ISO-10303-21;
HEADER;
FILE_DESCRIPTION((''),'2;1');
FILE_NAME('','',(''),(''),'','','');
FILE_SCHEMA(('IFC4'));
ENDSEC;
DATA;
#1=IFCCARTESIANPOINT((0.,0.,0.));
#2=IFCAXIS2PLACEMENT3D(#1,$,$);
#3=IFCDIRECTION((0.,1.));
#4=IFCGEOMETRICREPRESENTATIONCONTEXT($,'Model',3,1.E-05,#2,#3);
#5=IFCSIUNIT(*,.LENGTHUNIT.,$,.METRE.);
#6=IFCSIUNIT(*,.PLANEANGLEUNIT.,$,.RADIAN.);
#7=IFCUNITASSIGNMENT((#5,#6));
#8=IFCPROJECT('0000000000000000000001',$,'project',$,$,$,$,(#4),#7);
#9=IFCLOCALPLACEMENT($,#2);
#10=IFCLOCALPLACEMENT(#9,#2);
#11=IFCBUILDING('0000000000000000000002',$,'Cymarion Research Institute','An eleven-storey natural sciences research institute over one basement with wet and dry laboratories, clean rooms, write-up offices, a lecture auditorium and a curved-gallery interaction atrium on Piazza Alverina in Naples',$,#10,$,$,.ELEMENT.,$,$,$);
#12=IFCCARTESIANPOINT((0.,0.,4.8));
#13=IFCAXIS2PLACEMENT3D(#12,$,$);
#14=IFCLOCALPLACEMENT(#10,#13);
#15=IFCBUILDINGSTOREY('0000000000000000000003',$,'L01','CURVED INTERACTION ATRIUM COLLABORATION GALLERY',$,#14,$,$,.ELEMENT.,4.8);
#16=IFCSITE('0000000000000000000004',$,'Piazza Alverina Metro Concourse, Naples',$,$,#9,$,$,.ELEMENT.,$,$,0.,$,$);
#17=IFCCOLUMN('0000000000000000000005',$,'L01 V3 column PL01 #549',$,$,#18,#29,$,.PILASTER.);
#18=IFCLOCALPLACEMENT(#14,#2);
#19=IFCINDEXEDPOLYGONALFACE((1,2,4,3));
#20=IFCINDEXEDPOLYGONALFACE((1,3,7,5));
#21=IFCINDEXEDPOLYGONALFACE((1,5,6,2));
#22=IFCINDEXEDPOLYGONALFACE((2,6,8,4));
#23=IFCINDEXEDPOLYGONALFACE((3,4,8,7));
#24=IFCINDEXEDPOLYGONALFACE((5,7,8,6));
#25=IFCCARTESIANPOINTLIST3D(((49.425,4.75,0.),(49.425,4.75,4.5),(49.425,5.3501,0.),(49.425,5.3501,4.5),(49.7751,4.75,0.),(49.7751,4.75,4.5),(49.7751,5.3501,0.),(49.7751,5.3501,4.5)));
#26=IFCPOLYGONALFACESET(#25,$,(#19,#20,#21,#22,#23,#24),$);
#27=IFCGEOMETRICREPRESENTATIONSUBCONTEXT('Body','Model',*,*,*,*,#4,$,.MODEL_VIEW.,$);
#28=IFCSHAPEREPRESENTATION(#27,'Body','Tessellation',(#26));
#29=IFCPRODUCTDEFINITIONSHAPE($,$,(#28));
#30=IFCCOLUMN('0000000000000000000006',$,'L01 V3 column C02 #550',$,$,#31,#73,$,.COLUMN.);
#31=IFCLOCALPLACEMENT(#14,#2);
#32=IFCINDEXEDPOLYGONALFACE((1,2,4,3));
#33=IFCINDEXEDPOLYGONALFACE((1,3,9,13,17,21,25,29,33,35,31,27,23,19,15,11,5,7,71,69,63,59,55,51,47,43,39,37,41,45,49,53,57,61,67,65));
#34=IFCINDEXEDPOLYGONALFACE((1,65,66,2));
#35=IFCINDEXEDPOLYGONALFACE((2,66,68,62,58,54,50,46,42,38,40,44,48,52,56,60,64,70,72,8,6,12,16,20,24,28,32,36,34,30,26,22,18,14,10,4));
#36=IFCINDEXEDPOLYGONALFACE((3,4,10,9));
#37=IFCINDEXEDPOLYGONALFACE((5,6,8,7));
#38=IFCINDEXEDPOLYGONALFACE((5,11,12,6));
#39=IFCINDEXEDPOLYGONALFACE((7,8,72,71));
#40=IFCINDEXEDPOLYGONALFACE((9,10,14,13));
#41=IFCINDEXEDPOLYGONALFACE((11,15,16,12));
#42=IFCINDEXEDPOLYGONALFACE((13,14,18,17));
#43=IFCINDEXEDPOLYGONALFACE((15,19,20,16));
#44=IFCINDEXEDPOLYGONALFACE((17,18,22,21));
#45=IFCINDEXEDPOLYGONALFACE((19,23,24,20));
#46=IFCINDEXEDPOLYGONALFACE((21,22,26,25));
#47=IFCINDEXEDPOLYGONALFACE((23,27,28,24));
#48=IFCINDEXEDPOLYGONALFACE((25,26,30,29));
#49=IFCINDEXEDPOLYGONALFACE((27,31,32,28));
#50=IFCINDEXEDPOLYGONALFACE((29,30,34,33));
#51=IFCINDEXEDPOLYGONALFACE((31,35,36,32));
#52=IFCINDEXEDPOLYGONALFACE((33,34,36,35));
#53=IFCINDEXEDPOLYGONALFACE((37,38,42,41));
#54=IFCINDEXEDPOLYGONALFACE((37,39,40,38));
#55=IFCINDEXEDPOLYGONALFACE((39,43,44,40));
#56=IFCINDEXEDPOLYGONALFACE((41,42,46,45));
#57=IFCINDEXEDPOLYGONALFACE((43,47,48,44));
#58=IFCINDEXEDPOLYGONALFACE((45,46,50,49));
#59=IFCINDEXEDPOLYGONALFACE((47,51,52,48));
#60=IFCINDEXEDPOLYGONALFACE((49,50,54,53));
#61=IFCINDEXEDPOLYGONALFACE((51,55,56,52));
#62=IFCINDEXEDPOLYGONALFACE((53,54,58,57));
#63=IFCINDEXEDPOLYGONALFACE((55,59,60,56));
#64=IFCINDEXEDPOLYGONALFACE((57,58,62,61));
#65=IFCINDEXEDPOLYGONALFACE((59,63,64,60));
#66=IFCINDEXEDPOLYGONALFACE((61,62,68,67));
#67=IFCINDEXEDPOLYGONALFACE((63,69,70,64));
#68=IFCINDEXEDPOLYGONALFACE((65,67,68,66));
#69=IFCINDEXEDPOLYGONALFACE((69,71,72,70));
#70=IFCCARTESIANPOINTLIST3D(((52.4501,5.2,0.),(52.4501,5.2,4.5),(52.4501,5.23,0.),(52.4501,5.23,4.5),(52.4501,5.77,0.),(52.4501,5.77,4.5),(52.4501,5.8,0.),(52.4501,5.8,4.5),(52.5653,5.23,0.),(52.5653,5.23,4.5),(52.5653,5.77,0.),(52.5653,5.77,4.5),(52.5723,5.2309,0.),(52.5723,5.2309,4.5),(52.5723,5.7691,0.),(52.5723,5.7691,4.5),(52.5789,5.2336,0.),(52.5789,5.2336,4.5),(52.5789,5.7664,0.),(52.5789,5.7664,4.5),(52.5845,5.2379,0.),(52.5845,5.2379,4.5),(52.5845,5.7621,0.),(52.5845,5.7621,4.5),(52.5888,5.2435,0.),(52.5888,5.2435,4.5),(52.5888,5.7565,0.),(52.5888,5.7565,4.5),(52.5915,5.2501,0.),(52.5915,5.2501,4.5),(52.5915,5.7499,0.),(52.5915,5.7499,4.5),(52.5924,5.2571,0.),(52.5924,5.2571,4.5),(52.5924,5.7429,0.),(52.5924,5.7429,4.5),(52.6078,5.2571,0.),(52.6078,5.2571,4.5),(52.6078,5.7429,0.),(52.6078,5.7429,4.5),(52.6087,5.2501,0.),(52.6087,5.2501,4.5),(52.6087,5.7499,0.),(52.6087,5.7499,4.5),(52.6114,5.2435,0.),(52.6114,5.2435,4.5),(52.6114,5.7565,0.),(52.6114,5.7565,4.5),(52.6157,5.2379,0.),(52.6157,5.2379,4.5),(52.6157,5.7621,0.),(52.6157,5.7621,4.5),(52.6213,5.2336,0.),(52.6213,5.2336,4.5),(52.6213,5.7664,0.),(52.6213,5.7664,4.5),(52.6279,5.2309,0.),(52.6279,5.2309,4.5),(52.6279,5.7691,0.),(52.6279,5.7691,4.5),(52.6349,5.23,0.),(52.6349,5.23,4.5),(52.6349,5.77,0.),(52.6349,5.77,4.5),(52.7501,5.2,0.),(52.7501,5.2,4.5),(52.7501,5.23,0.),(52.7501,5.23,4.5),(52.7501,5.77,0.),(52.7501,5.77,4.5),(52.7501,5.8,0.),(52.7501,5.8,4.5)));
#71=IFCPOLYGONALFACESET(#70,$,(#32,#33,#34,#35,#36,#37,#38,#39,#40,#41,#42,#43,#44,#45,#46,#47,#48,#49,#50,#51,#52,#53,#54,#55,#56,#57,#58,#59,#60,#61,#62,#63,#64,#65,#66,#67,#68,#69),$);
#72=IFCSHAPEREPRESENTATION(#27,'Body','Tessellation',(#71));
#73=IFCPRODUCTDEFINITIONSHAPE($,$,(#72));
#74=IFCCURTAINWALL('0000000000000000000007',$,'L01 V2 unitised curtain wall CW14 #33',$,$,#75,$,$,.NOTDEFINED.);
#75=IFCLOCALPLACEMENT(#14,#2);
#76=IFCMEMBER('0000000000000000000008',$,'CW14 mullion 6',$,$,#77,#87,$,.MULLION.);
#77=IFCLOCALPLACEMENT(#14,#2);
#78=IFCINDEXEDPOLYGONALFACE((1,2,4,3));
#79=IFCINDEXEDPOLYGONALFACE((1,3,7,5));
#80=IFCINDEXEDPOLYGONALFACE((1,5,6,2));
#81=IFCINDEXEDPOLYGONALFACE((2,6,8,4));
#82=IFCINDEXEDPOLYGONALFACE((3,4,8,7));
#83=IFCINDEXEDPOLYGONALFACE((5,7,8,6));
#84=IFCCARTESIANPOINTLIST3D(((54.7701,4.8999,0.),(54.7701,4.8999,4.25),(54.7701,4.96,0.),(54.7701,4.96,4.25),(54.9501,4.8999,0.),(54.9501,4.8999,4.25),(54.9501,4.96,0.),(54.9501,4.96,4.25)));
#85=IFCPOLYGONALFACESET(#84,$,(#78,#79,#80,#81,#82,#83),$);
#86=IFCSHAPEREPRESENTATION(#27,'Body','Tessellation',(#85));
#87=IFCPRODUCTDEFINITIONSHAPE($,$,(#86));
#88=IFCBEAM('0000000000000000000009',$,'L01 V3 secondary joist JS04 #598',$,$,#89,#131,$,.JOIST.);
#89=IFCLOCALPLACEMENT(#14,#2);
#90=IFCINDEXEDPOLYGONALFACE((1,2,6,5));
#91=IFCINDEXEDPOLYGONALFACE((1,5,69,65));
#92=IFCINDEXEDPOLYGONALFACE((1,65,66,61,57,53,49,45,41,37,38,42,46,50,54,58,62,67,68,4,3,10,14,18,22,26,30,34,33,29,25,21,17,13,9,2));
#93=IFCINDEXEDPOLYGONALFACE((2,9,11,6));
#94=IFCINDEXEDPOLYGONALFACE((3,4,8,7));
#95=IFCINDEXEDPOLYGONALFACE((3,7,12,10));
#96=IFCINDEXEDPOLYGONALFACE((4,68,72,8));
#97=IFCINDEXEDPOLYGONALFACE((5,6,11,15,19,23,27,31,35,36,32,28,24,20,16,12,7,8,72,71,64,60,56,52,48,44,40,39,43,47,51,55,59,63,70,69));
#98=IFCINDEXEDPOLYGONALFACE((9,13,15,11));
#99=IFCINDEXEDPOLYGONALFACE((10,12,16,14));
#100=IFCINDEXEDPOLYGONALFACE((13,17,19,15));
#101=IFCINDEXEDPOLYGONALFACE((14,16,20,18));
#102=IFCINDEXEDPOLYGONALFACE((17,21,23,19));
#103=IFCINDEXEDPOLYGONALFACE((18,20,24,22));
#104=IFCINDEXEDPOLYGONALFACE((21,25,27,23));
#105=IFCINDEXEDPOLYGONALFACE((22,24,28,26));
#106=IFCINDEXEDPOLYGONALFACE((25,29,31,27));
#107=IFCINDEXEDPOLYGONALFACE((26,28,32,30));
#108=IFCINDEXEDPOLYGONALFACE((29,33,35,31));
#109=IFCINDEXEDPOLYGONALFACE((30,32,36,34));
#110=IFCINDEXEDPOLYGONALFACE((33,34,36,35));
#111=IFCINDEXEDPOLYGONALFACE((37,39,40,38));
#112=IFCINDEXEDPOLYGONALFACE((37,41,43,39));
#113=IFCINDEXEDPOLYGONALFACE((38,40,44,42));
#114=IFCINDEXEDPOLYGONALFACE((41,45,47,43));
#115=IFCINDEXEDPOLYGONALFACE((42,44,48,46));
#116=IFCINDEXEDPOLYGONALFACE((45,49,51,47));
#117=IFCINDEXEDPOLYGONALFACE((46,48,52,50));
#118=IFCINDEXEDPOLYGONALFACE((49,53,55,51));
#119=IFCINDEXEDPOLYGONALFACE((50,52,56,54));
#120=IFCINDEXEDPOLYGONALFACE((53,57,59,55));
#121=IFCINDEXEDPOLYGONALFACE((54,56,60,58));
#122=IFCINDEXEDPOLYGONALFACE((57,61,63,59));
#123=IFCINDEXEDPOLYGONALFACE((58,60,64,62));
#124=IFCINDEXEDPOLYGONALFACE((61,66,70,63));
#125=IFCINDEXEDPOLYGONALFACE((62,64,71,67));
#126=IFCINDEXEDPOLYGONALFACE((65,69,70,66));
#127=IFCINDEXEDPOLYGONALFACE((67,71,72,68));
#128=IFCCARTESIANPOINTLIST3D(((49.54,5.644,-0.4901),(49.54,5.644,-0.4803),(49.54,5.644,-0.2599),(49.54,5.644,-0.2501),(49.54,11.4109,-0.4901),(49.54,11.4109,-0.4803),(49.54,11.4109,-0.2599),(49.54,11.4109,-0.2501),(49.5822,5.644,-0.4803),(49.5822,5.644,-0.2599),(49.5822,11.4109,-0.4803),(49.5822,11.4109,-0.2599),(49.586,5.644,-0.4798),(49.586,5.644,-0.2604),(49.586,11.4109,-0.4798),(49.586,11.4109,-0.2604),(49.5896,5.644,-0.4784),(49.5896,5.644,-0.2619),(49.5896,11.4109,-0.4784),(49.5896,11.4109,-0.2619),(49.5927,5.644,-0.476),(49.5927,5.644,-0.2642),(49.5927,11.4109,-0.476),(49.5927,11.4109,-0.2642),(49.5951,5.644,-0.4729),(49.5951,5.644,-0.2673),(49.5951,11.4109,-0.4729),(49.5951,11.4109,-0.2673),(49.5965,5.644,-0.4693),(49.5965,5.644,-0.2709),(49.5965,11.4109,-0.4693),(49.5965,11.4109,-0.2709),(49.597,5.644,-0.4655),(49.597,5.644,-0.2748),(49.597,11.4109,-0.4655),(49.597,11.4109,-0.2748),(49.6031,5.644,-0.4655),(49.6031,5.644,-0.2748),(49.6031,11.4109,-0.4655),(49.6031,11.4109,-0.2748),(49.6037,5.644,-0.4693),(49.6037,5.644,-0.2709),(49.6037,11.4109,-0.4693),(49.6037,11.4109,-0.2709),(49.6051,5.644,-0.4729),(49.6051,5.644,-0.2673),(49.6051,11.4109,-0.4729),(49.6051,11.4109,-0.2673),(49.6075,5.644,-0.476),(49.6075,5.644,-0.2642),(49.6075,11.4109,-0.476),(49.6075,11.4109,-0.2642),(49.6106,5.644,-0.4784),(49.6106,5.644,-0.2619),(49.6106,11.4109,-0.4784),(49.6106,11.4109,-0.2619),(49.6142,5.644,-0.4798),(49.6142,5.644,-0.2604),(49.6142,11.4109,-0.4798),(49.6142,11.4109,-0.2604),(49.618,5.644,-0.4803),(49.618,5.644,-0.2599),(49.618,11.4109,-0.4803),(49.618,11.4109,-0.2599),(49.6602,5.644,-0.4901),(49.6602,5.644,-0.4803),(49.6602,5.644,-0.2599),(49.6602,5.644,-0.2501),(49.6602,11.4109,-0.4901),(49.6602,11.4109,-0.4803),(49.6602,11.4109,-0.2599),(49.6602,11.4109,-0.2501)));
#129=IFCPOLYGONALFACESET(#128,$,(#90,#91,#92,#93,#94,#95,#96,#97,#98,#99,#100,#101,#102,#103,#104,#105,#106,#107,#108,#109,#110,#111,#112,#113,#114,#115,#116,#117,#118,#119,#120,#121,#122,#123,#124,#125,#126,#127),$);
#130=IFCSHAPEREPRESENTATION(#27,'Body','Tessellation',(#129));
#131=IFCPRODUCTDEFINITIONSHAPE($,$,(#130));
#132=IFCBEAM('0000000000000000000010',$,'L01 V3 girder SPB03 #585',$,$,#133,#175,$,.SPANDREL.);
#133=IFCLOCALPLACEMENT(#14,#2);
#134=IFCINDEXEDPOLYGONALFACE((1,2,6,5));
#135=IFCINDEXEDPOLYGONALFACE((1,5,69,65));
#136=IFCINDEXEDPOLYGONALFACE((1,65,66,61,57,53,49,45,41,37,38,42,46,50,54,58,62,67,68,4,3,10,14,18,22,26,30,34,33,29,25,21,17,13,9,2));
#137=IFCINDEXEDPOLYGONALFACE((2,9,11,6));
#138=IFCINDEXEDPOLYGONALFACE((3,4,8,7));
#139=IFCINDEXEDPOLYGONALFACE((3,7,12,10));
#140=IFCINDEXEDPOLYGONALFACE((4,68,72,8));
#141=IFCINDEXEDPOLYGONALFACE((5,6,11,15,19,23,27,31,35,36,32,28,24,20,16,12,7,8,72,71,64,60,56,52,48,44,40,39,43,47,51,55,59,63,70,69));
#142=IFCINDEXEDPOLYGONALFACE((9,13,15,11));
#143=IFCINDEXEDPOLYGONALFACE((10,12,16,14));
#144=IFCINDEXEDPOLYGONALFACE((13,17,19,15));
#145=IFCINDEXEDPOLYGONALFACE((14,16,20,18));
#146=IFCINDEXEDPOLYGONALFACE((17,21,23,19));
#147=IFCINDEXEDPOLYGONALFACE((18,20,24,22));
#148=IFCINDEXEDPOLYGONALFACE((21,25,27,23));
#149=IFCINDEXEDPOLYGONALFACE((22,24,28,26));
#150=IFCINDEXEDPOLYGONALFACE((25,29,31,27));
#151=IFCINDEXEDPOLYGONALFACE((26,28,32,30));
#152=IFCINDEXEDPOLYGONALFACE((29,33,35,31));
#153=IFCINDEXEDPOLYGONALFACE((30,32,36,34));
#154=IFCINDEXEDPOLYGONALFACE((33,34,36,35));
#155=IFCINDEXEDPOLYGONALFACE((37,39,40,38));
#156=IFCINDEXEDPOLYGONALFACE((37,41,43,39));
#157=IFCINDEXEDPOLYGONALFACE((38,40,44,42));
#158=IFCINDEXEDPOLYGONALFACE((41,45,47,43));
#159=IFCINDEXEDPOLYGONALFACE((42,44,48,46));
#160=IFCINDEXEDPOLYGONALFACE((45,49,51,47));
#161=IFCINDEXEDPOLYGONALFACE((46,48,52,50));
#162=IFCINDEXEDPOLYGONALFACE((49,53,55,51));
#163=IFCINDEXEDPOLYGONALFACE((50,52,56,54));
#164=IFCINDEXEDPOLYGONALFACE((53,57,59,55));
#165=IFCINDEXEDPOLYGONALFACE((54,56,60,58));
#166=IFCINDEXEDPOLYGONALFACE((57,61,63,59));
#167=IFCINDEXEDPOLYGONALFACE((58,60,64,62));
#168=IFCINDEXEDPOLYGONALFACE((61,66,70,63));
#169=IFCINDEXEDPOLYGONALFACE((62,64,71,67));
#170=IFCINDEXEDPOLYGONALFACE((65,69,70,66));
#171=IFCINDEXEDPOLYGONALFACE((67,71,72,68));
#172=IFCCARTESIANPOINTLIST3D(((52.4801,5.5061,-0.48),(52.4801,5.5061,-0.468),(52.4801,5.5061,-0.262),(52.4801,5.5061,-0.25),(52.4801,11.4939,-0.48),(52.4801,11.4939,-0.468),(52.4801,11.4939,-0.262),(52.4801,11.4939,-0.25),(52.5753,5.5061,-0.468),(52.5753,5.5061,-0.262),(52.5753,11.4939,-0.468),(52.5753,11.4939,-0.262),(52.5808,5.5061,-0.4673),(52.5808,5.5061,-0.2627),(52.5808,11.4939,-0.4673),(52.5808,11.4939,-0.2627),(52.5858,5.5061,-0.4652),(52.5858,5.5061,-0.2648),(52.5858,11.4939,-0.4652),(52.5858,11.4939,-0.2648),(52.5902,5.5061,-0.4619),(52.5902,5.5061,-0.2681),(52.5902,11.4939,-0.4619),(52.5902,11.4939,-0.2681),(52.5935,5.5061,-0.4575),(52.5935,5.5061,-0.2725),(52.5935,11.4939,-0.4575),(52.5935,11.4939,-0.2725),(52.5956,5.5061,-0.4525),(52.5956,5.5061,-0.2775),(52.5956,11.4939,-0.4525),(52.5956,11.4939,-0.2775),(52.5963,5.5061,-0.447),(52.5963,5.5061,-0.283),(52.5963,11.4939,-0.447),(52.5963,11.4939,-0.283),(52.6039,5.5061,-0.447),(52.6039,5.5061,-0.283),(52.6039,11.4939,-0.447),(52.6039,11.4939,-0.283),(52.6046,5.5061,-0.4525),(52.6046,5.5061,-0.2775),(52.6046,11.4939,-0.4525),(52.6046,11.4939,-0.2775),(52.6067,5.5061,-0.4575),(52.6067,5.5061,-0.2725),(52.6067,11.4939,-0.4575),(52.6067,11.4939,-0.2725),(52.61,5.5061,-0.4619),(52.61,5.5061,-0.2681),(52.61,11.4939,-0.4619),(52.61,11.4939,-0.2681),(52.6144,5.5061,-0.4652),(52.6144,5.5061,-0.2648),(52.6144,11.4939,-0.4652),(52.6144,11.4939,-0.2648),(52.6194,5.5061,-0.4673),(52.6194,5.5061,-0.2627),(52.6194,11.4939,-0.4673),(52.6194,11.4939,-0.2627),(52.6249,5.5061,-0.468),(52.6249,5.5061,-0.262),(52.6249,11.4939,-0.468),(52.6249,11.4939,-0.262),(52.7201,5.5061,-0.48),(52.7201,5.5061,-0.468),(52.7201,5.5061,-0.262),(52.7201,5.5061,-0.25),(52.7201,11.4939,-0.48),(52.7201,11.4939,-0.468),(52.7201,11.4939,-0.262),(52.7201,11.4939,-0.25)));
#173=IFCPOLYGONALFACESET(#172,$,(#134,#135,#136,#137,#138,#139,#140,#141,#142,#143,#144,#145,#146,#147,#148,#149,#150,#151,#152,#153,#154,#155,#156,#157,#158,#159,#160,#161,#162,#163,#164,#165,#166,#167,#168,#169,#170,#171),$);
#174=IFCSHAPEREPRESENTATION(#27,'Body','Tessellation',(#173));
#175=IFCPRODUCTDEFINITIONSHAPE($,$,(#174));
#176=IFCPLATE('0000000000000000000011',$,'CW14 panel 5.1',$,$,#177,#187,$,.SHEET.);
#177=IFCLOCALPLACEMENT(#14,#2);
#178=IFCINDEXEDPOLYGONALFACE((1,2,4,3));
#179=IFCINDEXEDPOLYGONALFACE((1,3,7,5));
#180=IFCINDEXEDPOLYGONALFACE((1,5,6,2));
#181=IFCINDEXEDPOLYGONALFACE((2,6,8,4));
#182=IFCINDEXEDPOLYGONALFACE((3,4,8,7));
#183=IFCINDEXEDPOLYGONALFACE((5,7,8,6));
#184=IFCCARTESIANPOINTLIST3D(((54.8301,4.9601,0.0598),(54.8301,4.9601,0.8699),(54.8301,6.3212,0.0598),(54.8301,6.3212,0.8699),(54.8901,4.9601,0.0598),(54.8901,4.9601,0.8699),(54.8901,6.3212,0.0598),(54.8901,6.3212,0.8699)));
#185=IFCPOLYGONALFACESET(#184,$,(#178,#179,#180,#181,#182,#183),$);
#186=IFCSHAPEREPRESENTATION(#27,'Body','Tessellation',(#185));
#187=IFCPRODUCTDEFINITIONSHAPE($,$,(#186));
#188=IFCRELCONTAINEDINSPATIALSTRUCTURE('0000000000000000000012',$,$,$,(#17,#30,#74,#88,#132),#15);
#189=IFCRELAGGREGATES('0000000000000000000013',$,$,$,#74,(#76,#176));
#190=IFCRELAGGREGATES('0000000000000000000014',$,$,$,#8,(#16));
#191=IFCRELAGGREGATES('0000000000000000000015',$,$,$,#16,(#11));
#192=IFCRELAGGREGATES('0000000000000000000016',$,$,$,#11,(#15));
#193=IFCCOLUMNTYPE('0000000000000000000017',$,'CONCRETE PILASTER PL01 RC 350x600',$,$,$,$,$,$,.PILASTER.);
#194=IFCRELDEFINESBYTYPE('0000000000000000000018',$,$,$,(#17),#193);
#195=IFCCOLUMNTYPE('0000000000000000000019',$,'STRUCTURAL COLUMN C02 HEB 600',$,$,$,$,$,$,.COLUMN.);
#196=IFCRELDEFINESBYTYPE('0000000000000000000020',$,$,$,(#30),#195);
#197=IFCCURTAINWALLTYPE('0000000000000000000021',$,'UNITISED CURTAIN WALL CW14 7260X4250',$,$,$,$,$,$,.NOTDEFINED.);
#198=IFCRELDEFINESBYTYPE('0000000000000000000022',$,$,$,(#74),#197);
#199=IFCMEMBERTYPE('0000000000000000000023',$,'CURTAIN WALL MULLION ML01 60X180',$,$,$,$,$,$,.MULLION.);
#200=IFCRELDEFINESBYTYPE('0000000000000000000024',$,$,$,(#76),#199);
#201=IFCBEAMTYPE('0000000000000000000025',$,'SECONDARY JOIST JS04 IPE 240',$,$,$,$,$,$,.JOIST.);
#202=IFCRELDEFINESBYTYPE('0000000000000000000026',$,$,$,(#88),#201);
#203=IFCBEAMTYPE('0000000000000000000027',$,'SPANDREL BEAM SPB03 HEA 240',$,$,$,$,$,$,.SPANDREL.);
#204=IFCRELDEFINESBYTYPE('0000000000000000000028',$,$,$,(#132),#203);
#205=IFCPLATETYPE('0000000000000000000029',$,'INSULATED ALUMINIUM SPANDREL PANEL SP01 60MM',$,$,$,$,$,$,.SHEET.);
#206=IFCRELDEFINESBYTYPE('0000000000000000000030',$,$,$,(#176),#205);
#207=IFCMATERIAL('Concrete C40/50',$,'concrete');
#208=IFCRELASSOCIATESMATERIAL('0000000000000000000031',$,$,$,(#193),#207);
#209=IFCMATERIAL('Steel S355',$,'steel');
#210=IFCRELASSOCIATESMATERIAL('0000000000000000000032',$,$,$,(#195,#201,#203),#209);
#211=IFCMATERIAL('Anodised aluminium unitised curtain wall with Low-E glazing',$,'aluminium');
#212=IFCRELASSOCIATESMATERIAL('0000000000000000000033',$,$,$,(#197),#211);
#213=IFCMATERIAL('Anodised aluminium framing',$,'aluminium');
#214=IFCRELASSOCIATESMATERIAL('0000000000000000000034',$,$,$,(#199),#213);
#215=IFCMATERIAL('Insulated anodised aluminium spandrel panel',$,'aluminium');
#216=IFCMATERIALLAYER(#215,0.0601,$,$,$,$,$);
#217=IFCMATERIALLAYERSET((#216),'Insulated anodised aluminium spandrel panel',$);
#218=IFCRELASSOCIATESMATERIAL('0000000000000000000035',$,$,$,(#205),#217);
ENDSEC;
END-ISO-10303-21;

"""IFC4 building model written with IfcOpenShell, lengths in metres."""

from ifc_helpers import new_model, si_unit, direction, frame, origin, origin_2d, place, context, subcontext, project, spatial, rectangle, i_section, extrude, material, layer, layer_set, material_profile, profile_set, type_object, element, aggregate, save


model = new_model("IFC4")

# Units and contexts
model_context = context("Model", 3, precision=1e-05, world=origin(), true_north=direction((0.0, 1.0)))
body_context = subcontext(model_context, "Body", "Model", "MODEL_VIEW")
ifc_project = project(units=[si_unit("LENGTHUNIT", "METRE"), si_unit("PLANEANGLEUNIT", "RADIAN")], contexts=[model_context])

# Site, building, storey
site_placement = place(None, origin())
site = spatial("IfcSite", under=ifc_project, at=site_placement, Name="Piazza Alverina Metro Concourse, Naples", CompositionType="ELEMENT", RefElevation=0.0)
building_placement = place(site_placement, origin())
building = spatial("IfcBuilding", under=site, at=building_placement, Name="Cymarion Research Institute", Description="An eleven-storey natural sciences research institute over one basement with wet and dry laboratories, clean rooms, write-up offices, a lecture auditorium and a curved-gallery interaction atrium on Piazza Alverina in Naples", CompositionType="ELEMENT")
storey_placement = place(building_placement, frame((0.0, 0.0, 4.8)))
storey = spatial("IfcBuildingStorey", under=building, at=storey_placement, Name="L01", Description="CURVED INTERACTION ATRIUM COLLABORATION GALLERY", CompositionType="ELEMENT", Elevation=4.8)

# Columns
ifc_material_1 = material(Name="Concrete C40/50", Category="concrete")
ifc_material_profile_1 = material_profile(ifc_material_1, rectangle(XDim=0.3501, YDim=0.6001, at=origin_2d()), Name="RC 350x600")
ifc_profile_set_1 = profile_set([ifc_material_profile_1], Name="Concrete C40/50")
column_type_1 = type_object("IfcColumnType", Name="CONCRETE PILASTER PL01 RC 350x600", PredefinedType="PILASTER", material=ifc_profile_set_1)
column_1_placement = place(storey_placement, frame((49.6001, 5.05, 0.0), z_axis=(0.0, 0.0, 1.0), x_axis=(1.0, 0.0, 0.0)))
element("IfcColumn", 1, at=column_1_placement, inside=storey, type_object=column_type_1, Name="L01 V3 column PL01 #549", PredefinedType="PILASTER", context=body_context, shape_type="SweptSolid", body=[
    extrude(rectangle(XDim=0.3501, YDim=0.6001, at=origin_2d()), origin(), (0.0, 0.0, 1.0), 4.5),
])
ifc_material_2 = material(Name="Steel S355", Category="steel")
ifc_material_profile_2 = material_profile(ifc_material_2, i_section(OverallWidth=0.3, OverallDepth=0.6001, WebThickness=0.0154, FlangeThickness=0.03, FilletRadius=0.0271, at=origin_2d()), Name="HEB 600")
ifc_profile_set_2 = profile_set([ifc_material_profile_2], Name="Steel S355")
column_type_2 = type_object("IfcColumnType", Name="STRUCTURAL COLUMN C02 HEB 600", PredefinedType="COLUMN", material=ifc_profile_set_2)
column_2_placement = place(storey_placement, frame((52.6001, 5.5, 0.0), z_axis=(0.0, 0.0, 1.0), x_axis=(1.0, 0.0, 0.0)))
element("IfcColumn", 2, at=column_2_placement, inside=storey, type_object=column_type_2, Name="L01 V3 column C02 #550", PredefinedType="COLUMN", context=body_context, shape_type="SweptSolid", body=[
    extrude(i_section(OverallWidth=0.3, OverallDepth=0.6001, WebThickness=0.0154, FlangeThickness=0.03, FilletRadius=0.0271, at=origin_2d()), origin(), (0.0, 0.0, 1.0), 4.5),
])

# Curtain wall, member
ifc_material_3 = material(Name="Anodised aluminium unitised curtain wall with Low-E glazing", Category="aluminium")
curtain_wall_type = type_object("IfcCurtainWallType", Name="UNITISED CURTAIN WALL CW14 7260X4250", PredefinedType="NOTDEFINED", material=ifc_material_3)
curtain_wall_placement = place(storey_placement, origin())
curtain_wall = element("IfcCurtainWall", 3, at=curtain_wall_placement, inside=storey, type_object=curtain_wall_type, Name="L01 V2 unitised curtain wall CW14 #33", PredefinedType="NOTDEFINED")
ifc_material_4 = material(Name="Anodised aluminium framing", Category="aluminium")
ifc_material_profile_3 = material_profile(ifc_material_4, rectangle(XDim=0.0601, YDim=0.1799, at=origin_2d()), Name="ALU MULLION 60x180")
ifc_profile_set_3 = profile_set([ifc_material_profile_3], Name="Anodised aluminium framing")
member_type = type_object("IfcMemberType", Name="CURTAIN WALL MULLION ML01 60X180", PredefinedType="MULLION", material=ifc_profile_set_3)
member_placement = place(storey_placement, frame((54.8601, 4.9299, 0.0), z_axis=(0.0, 0.0, 1.0), x_axis=(0.0, -1.0, 0.0)))
member = element("IfcMember", 4, at=member_placement, type_object=member_type, Name="CW14 mullion 6", PredefinedType="MULLION", context=body_context, shape_type="SweptSolid", body=[
    extrude(rectangle(XDim=0.0601, YDim=0.1799, at=origin_2d()), origin(), (0.0, 0.0, 1.0), 4.25),
])

# Beams
ifc_material_profile_4 = material_profile(ifc_material_2, i_section(OverallWidth=0.1201, OverallDepth=0.24, WebThickness=0.0061, FlangeThickness=0.0098, FilletRadius=0.0149, at=origin_2d()), Name="IPE 240")
ifc_profile_set_4 = profile_set([ifc_material_profile_4], Name="Steel S355")
beam_type_1 = type_object("IfcBeamType", Name="SECONDARY JOIST JS04 IPE 240", PredefinedType="JOIST", material=ifc_profile_set_4)
beam_1_placement = place(storey_placement, frame((49.6001, 5.644, -0.3701), z_axis=(0.0, 1.0, 0.0), x_axis=(-1.0, 0.0, 0.0)))
element("IfcBeam", 5, at=beam_1_placement, inside=storey, type_object=beam_type_1, Name="L01 V3 secondary joist JS04 #598", PredefinedType="JOIST", context=body_context, shape_type="SweptSolid", body=[
    extrude(i_section(OverallWidth=0.1201, OverallDepth=0.24, WebThickness=0.0061, FlangeThickness=0.0098, FilletRadius=0.0149, at=origin_2d()), origin(), (0.0, 0.0, 1.0), 5.7668),
])
ifc_material_profile_5 = material_profile(ifc_material_2, i_section(OverallWidth=0.24, OverallDepth=0.23, WebThickness=0.0076, FlangeThickness=0.012, FilletRadius=0.021, at=origin_2d()), Name="HEA 240")
ifc_profile_set_5 = profile_set([ifc_material_profile_5], Name="Steel S355")
beam_type_2 = type_object("IfcBeamType", Name="SPANDREL BEAM SPB03 HEA 240", PredefinedType="SPANDREL", material=ifc_profile_set_5)
beam_2_placement = place(storey_placement, frame((52.6001, 5.5061, -0.365), z_axis=(0.0, 1.0, 0.0), x_axis=(-1.0, 0.0, 0.0)))
element("IfcBeam", 6, at=beam_2_placement, inside=storey, type_object=beam_type_2, Name="L01 V3 girder SPB03 #585", PredefinedType="SPANDREL", context=body_context, shape_type="SweptSolid", body=[
    extrude(i_section(OverallWidth=0.24, OverallDepth=0.23, WebThickness=0.0076, FlangeThickness=0.012, FilletRadius=0.021, at=origin_2d()), origin(), (0.0, 0.0, 1.0), 5.9878),
])

# Plate
ifc_material_5 = material(Name="Insulated anodised aluminium spandrel panel", Category="aluminium")
ifc_layer_1 = layer(ifc_material_5, 0.0601)
ifc_layer_set_1 = layer_set([ifc_layer_1], Name="Insulated anodised aluminium spandrel panel")
plate_type = type_object("IfcPlateType", Name="INSULATED ALUMINIUM SPANDREL PANEL SP01 60MM", PredefinedType="SHEET", material=ifc_layer_set_1)
plate_placement = place(storey_placement, frame((54.8601, 5.6406, 0.0598), z_axis=(0.0, 0.0, 1.0), x_axis=(0.0, -1.0, 0.0)))
plate = element("IfcPlate", 7, at=plate_placement, type_object=plate_type, Name="CW14 panel 5.1", PredefinedType="SHEET", context=body_context, shape_type="SweptSolid", body=[
    extrude(rectangle(XDim=1.3611, YDim=0.0601, at=origin_2d()), origin(), (0.0, 0.0, 1.0), 0.8101),
])
aggregate(curtain_wall, [member, plate])

save(model, "model.ifc")
